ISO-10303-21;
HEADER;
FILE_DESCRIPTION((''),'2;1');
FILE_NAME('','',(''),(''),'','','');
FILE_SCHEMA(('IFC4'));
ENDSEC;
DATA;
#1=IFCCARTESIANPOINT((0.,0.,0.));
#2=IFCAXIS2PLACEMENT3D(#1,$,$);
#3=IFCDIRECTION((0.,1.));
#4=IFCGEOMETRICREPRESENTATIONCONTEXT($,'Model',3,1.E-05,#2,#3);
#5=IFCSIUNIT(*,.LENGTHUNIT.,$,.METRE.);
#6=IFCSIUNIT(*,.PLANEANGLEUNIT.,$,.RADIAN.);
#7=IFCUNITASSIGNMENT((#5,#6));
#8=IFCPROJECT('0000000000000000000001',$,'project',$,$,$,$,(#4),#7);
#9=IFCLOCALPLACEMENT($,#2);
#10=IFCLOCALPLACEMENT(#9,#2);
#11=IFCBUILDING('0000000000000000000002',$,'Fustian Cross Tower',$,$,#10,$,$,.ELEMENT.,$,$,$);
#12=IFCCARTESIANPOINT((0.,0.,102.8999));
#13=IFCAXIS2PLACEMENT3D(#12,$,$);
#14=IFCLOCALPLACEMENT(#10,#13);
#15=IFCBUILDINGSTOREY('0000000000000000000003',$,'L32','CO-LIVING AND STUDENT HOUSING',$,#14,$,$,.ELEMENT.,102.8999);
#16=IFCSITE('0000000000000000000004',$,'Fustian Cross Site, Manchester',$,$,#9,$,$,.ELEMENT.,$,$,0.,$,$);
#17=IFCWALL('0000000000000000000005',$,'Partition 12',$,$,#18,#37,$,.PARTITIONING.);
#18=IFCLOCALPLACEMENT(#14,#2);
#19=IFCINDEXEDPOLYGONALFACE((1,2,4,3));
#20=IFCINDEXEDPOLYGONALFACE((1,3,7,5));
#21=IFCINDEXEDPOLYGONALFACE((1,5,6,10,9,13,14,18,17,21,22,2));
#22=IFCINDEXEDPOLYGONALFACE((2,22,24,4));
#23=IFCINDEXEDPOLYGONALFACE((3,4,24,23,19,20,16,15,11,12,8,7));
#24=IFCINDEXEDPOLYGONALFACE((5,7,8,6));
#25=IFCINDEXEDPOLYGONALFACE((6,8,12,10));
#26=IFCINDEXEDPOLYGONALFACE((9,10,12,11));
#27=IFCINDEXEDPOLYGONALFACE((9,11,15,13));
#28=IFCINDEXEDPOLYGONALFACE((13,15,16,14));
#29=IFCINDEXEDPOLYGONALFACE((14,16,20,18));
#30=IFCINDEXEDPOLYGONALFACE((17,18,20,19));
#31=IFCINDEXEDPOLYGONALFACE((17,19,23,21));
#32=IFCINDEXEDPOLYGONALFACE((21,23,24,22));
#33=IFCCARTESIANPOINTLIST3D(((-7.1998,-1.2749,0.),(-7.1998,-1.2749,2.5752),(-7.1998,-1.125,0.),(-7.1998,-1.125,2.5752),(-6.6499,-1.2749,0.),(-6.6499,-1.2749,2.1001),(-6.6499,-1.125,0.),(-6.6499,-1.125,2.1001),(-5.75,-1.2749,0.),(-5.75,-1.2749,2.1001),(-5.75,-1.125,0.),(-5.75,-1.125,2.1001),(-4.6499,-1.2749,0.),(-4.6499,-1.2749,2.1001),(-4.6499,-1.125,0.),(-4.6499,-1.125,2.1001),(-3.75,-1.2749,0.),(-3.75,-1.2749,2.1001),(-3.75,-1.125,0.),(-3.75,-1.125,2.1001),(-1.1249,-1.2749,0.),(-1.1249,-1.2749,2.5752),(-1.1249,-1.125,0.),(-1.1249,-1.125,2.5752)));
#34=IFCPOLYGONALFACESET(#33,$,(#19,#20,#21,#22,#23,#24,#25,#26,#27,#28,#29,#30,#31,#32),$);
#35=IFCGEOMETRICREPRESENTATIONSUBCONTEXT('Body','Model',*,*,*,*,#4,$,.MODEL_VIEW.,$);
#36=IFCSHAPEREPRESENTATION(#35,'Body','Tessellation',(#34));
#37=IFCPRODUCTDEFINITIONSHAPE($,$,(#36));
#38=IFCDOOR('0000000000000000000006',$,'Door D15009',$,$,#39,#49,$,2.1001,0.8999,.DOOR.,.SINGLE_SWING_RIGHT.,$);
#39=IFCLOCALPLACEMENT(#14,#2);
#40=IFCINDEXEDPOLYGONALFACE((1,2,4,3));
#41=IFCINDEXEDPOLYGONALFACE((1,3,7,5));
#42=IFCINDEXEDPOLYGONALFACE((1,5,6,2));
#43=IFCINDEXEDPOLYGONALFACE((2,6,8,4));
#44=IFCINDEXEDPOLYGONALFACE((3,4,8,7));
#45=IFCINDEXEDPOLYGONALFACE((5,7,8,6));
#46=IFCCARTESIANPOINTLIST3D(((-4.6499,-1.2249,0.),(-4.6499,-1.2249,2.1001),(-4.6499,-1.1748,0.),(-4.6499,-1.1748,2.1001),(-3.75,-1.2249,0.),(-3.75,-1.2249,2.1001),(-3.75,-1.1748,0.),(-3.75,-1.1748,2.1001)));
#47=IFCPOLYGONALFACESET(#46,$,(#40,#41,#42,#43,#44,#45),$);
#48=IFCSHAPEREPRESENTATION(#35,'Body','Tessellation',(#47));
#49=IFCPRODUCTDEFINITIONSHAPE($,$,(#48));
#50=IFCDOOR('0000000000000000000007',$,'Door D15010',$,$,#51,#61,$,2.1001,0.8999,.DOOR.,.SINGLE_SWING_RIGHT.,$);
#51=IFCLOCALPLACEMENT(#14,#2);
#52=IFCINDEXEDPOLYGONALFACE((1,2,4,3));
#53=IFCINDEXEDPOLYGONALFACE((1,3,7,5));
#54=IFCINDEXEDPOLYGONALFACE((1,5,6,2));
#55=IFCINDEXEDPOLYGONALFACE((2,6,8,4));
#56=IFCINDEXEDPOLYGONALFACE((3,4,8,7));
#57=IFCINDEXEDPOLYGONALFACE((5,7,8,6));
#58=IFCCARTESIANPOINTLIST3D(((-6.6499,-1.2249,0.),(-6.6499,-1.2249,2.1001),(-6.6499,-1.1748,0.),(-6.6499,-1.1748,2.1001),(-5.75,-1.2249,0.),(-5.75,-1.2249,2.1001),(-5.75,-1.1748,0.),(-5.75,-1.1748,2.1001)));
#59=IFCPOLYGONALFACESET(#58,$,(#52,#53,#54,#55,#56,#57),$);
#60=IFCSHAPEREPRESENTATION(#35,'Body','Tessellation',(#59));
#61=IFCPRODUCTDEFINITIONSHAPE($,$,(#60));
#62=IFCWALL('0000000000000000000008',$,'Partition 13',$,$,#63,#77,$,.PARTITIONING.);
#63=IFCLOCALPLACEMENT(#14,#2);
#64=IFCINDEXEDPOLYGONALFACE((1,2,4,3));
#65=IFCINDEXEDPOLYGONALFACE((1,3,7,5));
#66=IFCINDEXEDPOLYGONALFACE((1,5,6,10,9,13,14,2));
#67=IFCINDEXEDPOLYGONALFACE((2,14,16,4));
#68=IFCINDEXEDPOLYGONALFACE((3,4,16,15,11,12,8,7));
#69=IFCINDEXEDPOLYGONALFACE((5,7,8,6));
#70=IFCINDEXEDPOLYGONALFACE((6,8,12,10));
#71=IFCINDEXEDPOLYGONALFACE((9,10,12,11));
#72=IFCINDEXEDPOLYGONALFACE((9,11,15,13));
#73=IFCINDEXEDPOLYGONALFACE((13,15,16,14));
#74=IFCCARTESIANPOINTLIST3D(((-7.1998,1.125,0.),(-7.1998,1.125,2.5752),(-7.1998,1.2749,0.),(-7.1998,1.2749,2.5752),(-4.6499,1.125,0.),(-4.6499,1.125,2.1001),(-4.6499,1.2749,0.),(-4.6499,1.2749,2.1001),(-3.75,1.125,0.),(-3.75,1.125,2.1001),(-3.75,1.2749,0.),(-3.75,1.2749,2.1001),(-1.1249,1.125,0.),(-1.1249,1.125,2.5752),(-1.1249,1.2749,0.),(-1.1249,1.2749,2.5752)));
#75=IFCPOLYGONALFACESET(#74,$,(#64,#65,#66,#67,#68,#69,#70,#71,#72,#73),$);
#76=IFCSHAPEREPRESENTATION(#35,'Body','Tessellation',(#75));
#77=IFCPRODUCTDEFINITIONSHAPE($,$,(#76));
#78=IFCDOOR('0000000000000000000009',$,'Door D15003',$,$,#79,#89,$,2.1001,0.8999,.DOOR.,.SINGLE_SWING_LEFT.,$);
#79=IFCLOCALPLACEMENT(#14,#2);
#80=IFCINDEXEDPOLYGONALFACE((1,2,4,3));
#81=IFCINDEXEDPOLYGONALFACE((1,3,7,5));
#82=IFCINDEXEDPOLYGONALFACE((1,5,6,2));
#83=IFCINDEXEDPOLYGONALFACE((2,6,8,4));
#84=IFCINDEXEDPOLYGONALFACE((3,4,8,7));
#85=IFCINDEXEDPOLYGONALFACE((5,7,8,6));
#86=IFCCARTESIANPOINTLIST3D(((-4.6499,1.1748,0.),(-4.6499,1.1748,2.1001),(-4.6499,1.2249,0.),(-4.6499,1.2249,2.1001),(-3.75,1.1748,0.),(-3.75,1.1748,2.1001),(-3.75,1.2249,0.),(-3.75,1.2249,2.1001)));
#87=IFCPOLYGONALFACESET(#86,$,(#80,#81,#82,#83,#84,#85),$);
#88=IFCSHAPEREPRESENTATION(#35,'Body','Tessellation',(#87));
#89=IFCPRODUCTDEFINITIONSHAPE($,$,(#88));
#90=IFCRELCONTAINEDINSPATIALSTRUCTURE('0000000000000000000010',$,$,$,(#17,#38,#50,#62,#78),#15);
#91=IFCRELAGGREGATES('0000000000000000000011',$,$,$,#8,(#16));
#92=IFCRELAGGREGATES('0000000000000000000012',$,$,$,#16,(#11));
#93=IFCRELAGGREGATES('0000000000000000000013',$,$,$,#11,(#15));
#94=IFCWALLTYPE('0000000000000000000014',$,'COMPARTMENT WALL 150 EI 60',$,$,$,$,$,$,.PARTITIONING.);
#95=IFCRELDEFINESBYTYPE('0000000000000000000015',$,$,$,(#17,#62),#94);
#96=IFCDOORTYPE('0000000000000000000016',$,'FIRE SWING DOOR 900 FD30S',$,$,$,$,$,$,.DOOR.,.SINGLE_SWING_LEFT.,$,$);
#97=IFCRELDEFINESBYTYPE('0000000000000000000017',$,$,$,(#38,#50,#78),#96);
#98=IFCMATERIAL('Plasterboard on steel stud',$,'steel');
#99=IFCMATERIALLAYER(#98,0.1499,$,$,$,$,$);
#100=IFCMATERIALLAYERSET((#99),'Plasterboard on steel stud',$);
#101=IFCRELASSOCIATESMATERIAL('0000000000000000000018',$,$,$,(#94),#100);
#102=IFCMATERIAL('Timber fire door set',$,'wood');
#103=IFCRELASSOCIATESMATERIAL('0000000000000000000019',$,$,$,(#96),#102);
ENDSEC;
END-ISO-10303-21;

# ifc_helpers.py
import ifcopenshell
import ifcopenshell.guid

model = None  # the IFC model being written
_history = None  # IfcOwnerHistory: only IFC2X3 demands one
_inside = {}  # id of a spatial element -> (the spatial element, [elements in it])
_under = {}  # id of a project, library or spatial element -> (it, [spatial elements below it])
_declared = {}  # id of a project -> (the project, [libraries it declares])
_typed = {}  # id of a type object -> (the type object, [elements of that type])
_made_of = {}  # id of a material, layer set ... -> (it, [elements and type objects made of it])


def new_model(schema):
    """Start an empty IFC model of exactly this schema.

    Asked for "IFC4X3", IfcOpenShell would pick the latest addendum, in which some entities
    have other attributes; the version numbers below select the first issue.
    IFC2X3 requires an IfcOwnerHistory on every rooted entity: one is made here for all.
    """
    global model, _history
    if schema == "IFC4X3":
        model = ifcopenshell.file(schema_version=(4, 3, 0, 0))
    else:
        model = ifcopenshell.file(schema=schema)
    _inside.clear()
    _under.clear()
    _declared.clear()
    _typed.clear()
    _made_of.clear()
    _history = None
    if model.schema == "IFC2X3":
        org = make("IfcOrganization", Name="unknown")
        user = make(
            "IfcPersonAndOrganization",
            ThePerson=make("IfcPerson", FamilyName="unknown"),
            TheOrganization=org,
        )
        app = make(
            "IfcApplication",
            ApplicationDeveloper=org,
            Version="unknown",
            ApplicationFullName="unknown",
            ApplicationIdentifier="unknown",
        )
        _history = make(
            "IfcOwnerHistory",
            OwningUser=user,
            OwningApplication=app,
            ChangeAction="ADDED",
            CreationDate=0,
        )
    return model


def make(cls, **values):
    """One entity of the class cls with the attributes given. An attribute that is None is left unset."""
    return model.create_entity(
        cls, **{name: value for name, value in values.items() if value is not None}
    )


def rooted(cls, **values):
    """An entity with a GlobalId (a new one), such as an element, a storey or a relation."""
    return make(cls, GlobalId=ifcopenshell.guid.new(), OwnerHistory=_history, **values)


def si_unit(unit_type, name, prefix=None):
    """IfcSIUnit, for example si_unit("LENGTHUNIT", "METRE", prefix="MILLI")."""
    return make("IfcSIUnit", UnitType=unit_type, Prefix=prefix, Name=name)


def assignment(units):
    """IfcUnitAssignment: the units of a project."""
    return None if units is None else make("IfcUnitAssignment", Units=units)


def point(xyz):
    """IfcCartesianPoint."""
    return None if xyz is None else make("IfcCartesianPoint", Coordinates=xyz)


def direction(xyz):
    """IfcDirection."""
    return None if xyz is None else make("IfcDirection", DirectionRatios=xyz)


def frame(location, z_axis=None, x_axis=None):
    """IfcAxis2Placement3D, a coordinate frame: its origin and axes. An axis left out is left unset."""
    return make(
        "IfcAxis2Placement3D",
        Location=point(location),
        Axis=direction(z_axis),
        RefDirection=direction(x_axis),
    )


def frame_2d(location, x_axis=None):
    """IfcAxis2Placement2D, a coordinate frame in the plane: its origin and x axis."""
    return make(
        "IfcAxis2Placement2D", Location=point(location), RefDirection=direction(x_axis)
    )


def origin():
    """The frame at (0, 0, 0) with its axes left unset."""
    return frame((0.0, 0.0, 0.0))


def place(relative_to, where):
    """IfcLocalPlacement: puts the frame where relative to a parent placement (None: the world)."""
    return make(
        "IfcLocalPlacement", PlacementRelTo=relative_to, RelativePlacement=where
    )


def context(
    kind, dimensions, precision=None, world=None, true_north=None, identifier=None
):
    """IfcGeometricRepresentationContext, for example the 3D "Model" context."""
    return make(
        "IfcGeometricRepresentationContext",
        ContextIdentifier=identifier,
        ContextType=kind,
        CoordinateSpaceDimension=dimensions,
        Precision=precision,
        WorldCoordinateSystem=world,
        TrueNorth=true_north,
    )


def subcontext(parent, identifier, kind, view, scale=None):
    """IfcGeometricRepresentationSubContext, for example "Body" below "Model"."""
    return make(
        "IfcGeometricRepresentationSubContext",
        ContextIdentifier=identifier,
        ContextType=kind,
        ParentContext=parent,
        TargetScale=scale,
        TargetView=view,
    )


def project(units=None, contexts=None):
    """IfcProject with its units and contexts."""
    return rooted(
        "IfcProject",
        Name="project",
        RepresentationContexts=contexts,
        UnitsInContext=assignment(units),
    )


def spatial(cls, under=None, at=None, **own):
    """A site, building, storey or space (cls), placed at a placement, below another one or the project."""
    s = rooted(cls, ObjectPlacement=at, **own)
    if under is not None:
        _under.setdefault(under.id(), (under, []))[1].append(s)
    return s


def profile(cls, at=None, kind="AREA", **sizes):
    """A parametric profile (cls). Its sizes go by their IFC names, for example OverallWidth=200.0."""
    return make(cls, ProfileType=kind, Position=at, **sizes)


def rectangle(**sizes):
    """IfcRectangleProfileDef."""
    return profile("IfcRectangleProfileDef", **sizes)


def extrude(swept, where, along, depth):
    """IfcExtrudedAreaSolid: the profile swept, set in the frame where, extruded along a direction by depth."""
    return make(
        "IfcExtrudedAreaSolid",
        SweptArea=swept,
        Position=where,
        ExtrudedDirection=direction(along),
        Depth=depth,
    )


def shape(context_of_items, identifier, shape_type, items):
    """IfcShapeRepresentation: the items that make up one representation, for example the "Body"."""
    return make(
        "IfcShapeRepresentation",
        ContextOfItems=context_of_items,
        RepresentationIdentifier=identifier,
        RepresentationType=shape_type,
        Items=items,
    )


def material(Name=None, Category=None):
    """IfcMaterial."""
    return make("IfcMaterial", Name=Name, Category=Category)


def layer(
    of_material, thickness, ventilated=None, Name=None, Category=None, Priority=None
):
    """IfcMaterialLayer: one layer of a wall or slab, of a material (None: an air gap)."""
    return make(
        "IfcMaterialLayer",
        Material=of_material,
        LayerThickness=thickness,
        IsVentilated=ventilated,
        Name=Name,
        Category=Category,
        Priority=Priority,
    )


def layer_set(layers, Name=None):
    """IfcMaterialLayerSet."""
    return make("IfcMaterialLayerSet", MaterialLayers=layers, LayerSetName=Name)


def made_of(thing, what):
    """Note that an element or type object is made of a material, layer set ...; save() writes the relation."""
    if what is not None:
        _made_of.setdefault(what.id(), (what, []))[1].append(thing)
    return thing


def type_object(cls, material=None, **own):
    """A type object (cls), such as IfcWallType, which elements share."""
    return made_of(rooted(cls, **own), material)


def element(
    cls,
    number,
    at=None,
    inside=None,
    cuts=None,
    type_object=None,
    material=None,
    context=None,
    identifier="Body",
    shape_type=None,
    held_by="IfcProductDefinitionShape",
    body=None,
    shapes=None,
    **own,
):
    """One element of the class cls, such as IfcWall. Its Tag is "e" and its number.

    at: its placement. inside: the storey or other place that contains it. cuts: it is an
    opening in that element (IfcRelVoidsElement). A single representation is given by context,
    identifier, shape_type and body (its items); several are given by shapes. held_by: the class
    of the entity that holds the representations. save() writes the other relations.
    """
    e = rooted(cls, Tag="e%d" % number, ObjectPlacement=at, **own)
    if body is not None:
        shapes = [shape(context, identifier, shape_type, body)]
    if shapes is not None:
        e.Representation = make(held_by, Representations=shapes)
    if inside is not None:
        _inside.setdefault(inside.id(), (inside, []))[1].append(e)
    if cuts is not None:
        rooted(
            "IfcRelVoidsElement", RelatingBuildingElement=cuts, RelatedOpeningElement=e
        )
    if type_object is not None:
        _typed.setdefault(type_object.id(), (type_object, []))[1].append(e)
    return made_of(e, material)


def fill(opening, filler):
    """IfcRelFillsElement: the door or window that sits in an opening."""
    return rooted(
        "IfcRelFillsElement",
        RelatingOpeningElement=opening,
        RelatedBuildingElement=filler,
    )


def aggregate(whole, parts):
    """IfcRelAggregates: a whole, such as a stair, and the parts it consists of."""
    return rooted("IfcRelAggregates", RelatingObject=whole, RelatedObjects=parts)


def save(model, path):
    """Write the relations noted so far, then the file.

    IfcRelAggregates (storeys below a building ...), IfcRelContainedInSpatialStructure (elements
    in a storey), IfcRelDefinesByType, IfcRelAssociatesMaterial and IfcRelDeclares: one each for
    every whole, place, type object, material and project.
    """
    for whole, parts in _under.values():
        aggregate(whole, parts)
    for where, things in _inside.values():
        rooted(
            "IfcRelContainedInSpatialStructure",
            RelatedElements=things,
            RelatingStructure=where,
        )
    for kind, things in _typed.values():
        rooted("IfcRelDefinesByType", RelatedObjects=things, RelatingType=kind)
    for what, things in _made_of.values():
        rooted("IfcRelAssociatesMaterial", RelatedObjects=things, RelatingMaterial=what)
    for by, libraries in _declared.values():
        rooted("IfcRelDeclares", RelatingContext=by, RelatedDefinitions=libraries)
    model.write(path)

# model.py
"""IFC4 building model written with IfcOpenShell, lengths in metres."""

from ifc_helpers import new_model, si_unit, direction, frame, frame_2d, origin, place, context, subcontext, project, spatial, rectangle, extrude, material, layer, layer_set, type_object, element, fill, save


model = new_model("IFC4")

# Units and contexts
model_context = context("Model", 3, precision=1e-05, world=origin(), true_north=direction((0.0, 1.0)))
body_context = subcontext(model_context, "Body", "Model", "MODEL_VIEW")
ifc_project = project(units=[si_unit("LENGTHUNIT", "METRE"), si_unit("PLANEANGLEUNIT", "RADIAN")], contexts=[model_context])

# Site, building, storey
site_placement = place(None, origin())
site = spatial("IfcSite", under=ifc_project, at=site_placement, Name="Fustian Cross Site, Manchester", CompositionType="ELEMENT", RefElevation=0.0)
building_placement = place(site_placement, origin())
building = spatial("IfcBuilding", under=site, at=building_placement, Name="Fustian Cross Tower", CompositionType="ELEMENT")
storey_placement = place(building_placement, frame((0.0, 0.0, 102.8999)))
storey = spatial("IfcBuildingStorey", under=building, at=storey_placement, Name="L32", Description="CO-LIVING AND STUDENT HOUSING", CompositionType="ELEMENT", Elevation=102.8999)

# Wall, openings, doors
ifc_material_1 = material(Name="Plasterboard on steel stud", Category="steel")
ifc_layer_1 = layer(ifc_material_1, 0.1499)
ifc_layer_set_1 = layer_set([ifc_layer_1], Name="Plasterboard on steel stud")
wall_type_1 = type_object("IfcWallType", Name="COMPARTMENT WALL 150 EI 60", PredefinedType="PARTITIONING", material=ifc_layer_set_1)
wall_1_placement = place(storey_placement, frame((-7.2, -1.2, 0.0), z_axis=(0.0, 0.0, 1.0), x_axis=(1.0, 0.0, 0.0)))
wall_1 = element("IfcWall", 1, at=wall_1_placement, inside=storey, type_object=wall_type_1, Name="Partition 12", PredefinedType="PARTITIONING", context=body_context, shape_type="SweptSolid", body=[
    extrude(rectangle(XDim=6.075, YDim=0.1499, at=frame_2d((3.0376, 0.0))), origin(), (0.0, 0.0, 1.0), 2.5752),
])
opening_1_placement = place(wall_1_placement, frame((2.55, 0.0, 0.0)))
opening_1 = element("IfcOpeningElement", 2, at=opening_1_placement, cuts=wall_1, PredefinedType="OPENING", context=body_context, shape_type="SweptSolid", body=[
    extrude(rectangle(XDim=0.8999, YDim=2.1001, at=frame_2d((0.45, 1.05))), frame((0.0, 0.085, 0.0), z_axis=(0.0, -1.0, 0.0), x_axis=(1.0, 0.0, 0.0)), (0.0, 0.0, 1.0), 0.1699),
])
opening_2_placement = place(wall_1_placement, frame((0.55, 0.0, 0.0)))
opening_2 = element("IfcOpeningElement", 3, at=opening_2_placement, cuts=wall_1, PredefinedType="OPENING", context=body_context, shape_type="SweptSolid", body=[
    extrude(rectangle(XDim=0.8999, YDim=2.1001, at=frame_2d((0.45, 1.05))), frame((0.0, 0.085, 0.0), z_axis=(0.0, -1.0, 0.0), x_axis=(1.0, 0.0, 0.0)), (0.0, 0.0, 1.0), 0.1699),
])
ifc_material_2 = material(Name="Timber fire door set", Category="wood")
door_type_1 = type_object("IfcDoorType", Name="FIRE SWING DOOR 900 FD30S", OperationType="SINGLE_SWING_LEFT", PredefinedType="DOOR", material=ifc_material_2)
door_1_placement = place(opening_1_placement, frame((0.8999, 0.0, 0.0), z_axis=(0.0, 0.0, 1.0), x_axis=(-1.0, 0.0, 0.0)))
door_1 = element("IfcDoor", 4, at=door_1_placement, inside=storey, type_object=door_type_1, Name="Door D15009", OperationType="SINGLE_SWING_RIGHT", OverallHeight=2.1001, OverallWidth=0.8999, PredefinedType="DOOR", context=body_context, shape_type="SweptSolid", body=[
    extrude(rectangle(XDim=0.8999, YDim=2.1001, at=frame_2d((0.45, 1.05))), frame((0.0, 0.0249, 0.0), z_axis=(0.0, -1.0, 0.0), x_axis=(1.0, 0.0, 0.0)), (0.0, 0.0, 1.0), 0.05),
])
fill(opening_1, door_1)
door_2_placement = place(opening_2_placement, frame((0.8999, 0.0, 0.0), z_axis=(0.0, 0.0, 1.0), x_axis=(-1.0, 0.0, 0.0)))
door_2 = element("IfcDoor", 5, at=door_2_placement, inside=storey, type_object=door_type_1, Name="Door D15010", OperationType="SINGLE_SWING_RIGHT", OverallHeight=2.1001, OverallWidth=0.8999, PredefinedType="DOOR", context=body_context, shape_type="SweptSolid", body=[
    extrude(rectangle(XDim=0.8999, YDim=2.1001, at=frame_2d((0.45, 1.05))), frame((0.0, 0.0249, 0.0), z_axis=(0.0, -1.0, 0.0), x_axis=(1.0, 0.0, 0.0)), (0.0, 0.0, 1.0), 0.05),
])
fill(opening_2, door_2)

# Wall, opening, door
wall_2_placement = place(storey_placement, frame((-7.2, 1.2, 0.0), z_axis=(0.0, 0.0, 1.0), x_axis=(1.0, 0.0, 0.0)))
wall_2 = element("IfcWall", 6, at=wall_2_placement, inside=storey, type_object=wall_type_1, Name="Partition 13", PredefinedType="PARTITIONING", context=body_context, shape_type="SweptSolid", body=[
    extrude(rectangle(XDim=6.075, YDim=0.1499, at=frame_2d((3.0376, 0.0))), origin(), (0.0, 0.0, 1.0), 2.5752),
])
opening_3_placement = place(wall_2_placement, frame((2.55, 0.0, 0.0)))
opening_3 = element("IfcOpeningElement", 7, at=opening_3_placement, cuts=wall_2, PredefinedType="OPENING", context=body_context, shape_type="SweptSolid", body=[
    extrude(rectangle(XDim=0.8999, YDim=2.1001, at=frame_2d((0.45, 1.05))), frame((0.0, 0.085, 0.0), z_axis=(0.0, -1.0, 0.0), x_axis=(1.0, 0.0, 0.0)), (0.0, 0.0, 1.0), 0.1699),
])
door_3_placement = place(opening_3_placement, origin())
door_3 = element("IfcDoor", 8, at=door_3_placement, inside=storey, type_object=door_type_1, Name="Door D15003", OperationType="SINGLE_SWING_LEFT", OverallHeight=2.1001, OverallWidth=0.8999, PredefinedType="DOOR", context=body_context, shape_type="SweptSolid", body=[
    extrude(rectangle(XDim=0.8999, YDim=2.1001, at=frame_2d((0.45, 1.05))), frame((0.0, 0.0249, 0.0), z_axis=(0.0, -1.0, 0.0), x_axis=(1.0, 0.0, 0.0)), (0.0, 0.0, 1.0), 0.05),
])
fill(opening_3, door_3)

save(model, "model.ifc")
